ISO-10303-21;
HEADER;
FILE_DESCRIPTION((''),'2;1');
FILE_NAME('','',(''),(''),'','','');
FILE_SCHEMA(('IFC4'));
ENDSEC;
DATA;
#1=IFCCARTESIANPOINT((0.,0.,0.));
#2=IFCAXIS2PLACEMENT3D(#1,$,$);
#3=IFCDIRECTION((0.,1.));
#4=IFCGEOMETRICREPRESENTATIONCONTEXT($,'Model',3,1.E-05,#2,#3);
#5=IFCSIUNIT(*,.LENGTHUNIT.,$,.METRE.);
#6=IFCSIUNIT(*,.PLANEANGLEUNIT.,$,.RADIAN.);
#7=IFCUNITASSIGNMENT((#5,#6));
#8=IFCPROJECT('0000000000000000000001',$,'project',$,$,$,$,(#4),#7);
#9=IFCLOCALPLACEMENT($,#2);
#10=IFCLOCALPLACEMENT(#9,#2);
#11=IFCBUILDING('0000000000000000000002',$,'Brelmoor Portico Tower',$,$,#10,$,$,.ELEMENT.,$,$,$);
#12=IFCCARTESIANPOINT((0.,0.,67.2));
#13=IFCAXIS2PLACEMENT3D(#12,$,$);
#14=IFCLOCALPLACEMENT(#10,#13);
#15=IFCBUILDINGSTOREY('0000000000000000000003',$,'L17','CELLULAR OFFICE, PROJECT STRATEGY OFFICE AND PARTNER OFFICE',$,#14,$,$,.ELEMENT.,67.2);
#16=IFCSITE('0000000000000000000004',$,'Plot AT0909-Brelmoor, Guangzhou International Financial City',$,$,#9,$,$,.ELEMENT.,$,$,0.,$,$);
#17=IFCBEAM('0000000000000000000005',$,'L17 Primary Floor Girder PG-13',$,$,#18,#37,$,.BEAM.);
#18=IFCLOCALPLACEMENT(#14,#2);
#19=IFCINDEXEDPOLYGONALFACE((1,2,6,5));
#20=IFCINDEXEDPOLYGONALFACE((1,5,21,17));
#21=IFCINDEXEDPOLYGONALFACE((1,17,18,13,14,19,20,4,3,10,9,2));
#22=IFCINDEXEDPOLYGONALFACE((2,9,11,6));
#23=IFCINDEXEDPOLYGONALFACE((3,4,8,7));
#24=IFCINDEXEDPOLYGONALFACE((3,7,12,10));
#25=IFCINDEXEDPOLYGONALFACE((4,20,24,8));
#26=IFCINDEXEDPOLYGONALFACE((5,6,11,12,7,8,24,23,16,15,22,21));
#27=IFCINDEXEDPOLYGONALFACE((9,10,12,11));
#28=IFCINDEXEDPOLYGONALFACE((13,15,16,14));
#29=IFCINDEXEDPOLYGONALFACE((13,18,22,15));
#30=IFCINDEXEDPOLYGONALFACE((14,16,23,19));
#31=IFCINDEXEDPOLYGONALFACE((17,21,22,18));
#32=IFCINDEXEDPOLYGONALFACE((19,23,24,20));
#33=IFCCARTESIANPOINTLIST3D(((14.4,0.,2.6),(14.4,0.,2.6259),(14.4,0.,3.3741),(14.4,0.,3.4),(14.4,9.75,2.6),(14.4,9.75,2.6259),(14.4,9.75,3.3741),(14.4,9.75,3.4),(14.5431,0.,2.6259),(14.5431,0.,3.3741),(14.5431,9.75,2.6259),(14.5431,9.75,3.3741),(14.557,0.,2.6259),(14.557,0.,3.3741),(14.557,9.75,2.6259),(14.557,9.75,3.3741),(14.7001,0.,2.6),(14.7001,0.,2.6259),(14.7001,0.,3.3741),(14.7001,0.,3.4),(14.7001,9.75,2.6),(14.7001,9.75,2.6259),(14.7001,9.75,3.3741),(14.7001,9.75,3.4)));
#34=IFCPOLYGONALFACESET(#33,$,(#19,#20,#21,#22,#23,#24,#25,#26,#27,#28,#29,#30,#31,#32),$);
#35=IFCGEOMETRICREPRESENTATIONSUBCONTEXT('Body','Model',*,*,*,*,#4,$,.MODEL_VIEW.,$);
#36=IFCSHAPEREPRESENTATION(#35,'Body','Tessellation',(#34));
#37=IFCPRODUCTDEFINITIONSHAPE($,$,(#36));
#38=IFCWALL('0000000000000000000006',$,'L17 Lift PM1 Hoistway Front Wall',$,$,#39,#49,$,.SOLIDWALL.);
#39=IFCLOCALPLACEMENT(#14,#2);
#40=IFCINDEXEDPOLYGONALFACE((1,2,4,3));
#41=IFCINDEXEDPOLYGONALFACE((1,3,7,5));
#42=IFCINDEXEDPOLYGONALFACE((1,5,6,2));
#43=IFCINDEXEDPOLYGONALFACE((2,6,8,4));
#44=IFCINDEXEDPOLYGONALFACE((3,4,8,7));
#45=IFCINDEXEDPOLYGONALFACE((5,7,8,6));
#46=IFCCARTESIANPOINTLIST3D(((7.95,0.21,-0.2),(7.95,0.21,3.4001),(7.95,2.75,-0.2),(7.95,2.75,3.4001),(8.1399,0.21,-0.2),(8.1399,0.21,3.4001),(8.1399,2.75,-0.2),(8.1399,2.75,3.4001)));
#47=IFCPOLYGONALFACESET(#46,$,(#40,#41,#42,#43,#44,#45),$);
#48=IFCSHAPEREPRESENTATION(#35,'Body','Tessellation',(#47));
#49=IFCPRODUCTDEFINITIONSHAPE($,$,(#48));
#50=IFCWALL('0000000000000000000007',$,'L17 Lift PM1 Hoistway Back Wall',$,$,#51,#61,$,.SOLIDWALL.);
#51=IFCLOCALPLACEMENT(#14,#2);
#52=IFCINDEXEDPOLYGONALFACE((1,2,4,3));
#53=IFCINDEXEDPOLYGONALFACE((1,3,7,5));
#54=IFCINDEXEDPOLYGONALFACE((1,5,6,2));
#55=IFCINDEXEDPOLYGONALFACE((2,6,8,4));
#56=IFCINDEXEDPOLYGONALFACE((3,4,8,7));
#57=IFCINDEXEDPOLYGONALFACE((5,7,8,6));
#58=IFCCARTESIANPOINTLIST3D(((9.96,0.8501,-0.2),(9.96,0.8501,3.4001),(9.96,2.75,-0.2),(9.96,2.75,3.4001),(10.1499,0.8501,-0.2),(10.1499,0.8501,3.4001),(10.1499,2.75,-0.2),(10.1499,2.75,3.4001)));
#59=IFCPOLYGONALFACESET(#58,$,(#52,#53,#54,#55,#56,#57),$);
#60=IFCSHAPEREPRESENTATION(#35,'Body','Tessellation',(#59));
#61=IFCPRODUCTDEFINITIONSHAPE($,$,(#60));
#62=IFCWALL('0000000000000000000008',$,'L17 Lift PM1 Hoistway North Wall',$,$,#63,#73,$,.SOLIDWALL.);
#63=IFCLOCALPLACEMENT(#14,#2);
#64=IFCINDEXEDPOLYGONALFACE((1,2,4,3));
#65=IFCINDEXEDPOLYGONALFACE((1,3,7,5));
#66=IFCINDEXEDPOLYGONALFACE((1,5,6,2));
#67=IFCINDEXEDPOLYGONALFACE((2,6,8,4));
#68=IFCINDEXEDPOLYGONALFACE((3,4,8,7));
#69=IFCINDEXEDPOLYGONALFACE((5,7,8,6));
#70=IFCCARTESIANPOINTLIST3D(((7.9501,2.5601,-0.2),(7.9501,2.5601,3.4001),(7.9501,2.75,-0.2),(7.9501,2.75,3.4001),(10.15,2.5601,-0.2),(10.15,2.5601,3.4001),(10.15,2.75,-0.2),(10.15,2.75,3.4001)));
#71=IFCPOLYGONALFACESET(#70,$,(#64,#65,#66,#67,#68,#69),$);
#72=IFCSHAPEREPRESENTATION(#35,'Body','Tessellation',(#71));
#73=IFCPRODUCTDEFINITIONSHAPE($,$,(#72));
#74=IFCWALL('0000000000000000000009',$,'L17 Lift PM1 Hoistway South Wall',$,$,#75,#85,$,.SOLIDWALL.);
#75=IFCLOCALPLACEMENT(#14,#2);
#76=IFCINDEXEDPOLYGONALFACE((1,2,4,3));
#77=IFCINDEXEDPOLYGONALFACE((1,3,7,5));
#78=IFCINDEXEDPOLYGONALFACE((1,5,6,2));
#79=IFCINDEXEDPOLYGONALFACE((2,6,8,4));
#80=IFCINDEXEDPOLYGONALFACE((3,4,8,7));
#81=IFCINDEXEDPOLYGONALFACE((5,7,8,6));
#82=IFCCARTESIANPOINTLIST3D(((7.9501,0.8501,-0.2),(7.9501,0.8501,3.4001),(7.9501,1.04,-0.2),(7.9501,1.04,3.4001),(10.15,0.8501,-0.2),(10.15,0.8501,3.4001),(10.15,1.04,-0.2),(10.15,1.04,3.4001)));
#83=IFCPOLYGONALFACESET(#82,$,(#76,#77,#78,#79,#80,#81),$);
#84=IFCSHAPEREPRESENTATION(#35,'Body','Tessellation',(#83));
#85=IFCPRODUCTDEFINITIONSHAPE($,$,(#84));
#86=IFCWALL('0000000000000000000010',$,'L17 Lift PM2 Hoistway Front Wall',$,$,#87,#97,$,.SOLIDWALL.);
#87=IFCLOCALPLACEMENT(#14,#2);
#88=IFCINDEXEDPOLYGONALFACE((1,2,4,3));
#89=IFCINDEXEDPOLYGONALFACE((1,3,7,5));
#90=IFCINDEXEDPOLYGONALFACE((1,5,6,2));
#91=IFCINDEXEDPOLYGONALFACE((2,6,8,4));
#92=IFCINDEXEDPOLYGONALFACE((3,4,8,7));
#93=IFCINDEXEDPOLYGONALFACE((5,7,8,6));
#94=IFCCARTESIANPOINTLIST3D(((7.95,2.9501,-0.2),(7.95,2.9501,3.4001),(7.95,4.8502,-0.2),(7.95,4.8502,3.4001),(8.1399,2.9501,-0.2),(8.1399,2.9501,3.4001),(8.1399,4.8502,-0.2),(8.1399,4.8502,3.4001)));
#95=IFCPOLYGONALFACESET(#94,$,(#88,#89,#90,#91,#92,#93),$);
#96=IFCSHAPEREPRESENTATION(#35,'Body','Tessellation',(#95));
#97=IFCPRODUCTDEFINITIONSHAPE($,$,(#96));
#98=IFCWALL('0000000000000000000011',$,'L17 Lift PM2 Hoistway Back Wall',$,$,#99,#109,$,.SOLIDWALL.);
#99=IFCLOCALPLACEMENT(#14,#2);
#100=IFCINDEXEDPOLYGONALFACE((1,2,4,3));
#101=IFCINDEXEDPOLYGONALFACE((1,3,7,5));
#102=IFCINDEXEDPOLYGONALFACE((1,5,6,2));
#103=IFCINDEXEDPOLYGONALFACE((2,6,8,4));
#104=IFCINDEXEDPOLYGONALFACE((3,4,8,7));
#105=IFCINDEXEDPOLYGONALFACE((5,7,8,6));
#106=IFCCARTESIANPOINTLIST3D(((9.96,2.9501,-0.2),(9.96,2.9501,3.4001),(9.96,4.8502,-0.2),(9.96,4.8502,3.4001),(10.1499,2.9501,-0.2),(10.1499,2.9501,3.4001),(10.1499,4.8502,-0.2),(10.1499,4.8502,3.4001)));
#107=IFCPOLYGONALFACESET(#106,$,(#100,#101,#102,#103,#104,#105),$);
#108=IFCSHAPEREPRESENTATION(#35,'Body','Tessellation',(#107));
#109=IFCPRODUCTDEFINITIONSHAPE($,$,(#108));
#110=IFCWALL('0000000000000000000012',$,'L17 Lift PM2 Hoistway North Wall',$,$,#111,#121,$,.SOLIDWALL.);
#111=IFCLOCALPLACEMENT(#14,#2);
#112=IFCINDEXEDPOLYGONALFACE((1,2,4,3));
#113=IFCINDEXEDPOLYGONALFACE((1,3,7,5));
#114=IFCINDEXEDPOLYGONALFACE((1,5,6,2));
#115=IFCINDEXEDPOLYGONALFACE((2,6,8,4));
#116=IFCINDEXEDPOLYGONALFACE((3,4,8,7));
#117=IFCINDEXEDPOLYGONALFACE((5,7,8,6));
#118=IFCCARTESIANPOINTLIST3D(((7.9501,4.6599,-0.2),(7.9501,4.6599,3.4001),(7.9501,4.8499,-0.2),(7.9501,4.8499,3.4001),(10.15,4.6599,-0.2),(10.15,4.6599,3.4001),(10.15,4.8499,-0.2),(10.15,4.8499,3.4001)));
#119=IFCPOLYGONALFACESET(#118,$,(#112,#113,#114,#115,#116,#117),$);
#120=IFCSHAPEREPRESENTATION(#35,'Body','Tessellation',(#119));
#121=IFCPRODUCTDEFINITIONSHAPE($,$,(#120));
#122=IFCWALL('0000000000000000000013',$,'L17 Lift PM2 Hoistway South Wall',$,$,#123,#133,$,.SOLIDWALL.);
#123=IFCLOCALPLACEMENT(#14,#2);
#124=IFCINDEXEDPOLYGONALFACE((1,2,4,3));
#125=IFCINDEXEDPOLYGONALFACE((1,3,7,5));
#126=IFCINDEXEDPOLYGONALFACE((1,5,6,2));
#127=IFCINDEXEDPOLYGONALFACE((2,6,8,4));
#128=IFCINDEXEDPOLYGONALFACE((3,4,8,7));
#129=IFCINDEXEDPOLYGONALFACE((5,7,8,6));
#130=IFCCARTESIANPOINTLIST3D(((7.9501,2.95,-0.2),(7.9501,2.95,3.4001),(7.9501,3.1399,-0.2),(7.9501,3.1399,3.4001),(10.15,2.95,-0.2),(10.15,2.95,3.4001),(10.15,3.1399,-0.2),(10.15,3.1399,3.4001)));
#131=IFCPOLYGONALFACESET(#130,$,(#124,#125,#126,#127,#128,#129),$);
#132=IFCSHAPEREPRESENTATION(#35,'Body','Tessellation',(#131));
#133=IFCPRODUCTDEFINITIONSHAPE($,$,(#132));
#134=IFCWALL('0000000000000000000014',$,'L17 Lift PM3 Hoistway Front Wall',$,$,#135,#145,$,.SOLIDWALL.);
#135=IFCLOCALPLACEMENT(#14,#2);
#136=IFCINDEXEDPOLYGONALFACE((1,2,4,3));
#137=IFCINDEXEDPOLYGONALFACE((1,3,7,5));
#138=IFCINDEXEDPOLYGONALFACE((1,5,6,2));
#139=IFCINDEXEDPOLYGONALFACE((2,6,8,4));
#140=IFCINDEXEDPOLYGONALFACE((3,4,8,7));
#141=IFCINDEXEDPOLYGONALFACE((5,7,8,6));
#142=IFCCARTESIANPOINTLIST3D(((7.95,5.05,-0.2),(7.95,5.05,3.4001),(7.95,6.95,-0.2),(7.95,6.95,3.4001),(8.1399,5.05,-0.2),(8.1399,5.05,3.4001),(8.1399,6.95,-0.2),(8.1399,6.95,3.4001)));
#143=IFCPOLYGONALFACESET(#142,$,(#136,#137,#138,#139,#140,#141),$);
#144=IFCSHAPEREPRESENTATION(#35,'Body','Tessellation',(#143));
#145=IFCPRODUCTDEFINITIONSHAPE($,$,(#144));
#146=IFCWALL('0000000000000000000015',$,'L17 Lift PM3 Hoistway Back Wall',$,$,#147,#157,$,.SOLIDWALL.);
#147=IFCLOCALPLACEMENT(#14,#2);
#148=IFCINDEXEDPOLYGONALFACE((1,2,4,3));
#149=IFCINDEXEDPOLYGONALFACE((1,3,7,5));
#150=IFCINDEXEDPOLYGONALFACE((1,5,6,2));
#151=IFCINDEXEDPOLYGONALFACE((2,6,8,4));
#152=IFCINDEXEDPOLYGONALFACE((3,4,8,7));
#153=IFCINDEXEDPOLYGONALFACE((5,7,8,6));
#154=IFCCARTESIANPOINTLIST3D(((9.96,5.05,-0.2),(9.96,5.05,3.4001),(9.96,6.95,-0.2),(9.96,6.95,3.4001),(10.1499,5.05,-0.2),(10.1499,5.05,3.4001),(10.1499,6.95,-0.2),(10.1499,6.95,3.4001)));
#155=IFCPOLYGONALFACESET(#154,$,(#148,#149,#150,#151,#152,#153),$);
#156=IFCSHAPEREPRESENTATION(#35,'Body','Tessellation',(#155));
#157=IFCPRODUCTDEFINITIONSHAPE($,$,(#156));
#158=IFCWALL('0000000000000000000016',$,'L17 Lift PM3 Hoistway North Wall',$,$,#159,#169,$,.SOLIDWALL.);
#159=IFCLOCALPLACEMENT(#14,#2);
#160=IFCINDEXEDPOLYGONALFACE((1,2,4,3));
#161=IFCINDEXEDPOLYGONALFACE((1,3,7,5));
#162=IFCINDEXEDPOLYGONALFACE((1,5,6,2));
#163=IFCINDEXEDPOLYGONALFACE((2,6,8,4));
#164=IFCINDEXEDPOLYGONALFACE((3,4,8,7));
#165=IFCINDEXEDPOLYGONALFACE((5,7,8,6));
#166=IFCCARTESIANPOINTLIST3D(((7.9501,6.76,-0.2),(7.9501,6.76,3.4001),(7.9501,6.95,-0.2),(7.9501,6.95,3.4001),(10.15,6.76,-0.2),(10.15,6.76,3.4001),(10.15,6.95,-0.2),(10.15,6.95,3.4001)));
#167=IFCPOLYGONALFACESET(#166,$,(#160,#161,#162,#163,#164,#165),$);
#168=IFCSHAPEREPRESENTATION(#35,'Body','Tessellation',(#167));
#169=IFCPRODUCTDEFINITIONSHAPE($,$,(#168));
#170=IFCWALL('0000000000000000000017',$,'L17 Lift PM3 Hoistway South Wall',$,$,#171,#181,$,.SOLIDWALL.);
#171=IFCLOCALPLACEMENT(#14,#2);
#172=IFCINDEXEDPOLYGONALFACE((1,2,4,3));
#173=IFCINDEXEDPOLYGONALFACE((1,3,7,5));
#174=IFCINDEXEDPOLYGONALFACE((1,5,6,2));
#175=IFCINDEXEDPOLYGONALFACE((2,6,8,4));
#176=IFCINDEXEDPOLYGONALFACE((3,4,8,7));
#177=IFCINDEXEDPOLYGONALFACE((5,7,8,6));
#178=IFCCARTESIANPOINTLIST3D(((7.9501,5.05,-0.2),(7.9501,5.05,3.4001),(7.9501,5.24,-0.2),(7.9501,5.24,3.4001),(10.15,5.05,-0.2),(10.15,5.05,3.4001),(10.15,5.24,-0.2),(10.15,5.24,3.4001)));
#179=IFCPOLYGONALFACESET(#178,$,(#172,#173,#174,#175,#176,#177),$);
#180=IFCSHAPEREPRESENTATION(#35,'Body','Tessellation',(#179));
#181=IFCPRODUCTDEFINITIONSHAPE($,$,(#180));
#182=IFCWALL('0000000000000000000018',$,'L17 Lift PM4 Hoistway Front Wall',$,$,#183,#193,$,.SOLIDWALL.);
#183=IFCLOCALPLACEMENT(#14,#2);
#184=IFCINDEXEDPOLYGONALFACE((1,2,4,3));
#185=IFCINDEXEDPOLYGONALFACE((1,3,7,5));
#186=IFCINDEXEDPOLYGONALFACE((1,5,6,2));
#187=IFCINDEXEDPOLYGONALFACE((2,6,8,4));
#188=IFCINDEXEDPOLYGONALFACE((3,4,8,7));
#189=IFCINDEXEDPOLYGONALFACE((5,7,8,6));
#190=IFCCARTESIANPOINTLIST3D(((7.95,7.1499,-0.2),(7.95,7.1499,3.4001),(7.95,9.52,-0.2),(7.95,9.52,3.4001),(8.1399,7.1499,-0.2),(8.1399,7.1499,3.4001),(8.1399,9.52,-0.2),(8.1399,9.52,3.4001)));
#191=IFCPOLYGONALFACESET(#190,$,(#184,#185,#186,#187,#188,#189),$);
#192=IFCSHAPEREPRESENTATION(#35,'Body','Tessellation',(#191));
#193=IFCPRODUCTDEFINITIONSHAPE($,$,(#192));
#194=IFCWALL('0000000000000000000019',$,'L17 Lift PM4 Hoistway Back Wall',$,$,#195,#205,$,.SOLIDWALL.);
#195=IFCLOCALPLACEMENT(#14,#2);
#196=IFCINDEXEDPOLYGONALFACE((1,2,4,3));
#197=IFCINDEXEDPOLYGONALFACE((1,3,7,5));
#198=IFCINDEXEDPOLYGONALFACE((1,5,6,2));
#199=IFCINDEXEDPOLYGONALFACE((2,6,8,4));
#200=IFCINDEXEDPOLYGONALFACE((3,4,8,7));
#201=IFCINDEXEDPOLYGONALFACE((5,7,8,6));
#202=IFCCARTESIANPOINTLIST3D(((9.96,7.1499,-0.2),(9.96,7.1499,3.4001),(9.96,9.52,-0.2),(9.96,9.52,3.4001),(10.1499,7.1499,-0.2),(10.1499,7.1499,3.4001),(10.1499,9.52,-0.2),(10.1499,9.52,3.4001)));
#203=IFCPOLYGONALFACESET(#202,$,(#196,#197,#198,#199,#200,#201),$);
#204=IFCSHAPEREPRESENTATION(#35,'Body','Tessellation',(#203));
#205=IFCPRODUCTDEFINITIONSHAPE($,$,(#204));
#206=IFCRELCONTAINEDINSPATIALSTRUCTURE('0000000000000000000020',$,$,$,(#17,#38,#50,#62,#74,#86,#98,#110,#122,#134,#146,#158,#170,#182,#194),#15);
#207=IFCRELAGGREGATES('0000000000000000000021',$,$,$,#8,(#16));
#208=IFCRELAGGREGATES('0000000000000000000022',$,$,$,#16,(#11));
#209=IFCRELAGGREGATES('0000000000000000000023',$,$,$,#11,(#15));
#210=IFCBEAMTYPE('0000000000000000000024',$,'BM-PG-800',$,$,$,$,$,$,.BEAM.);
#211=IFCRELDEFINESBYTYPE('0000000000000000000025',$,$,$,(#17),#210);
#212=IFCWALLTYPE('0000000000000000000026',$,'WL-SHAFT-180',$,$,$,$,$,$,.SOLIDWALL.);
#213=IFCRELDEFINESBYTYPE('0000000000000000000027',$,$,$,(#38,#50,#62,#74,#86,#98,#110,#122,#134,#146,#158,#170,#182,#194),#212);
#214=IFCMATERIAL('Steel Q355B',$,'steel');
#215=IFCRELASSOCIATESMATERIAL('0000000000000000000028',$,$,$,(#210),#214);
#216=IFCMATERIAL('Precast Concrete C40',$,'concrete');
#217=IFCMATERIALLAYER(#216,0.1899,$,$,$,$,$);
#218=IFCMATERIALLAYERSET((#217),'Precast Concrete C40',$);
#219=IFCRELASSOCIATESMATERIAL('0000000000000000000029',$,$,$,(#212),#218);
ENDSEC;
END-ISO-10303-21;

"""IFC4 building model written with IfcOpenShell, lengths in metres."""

from ifc_helpers import new_model, si_unit, direction, frame, frame_2d, origin, origin_2d, place, context, subcontext, project, spatial, rectangle, i_section, extrude, material, layer, layer_set, material_profile, profile_set, type_object, element, save


model = new_model("IFC4")

# Units and contexts
model_context = context("Model", 3, precision=1e-05, world=origin(), true_north=direction((0.0, 1.0)))
body_context = subcontext(model_context, "Body", "Model", "MODEL_VIEW")
ifc_project = project(units=[si_unit("LENGTHUNIT", "METRE"), si_unit("PLANEANGLEUNIT", "RADIAN")], contexts=[model_context])

# Site, building, storey
site_placement = place(None, origin())
site = spatial("IfcSite", under=ifc_project, at=site_placement, Name="Plot AT0909-Brelmoor, Guangzhou International Financial City", CompositionType="ELEMENT", RefElevation=0.0)
building_placement = place(site_placement, origin())
building = spatial("IfcBuilding", under=site, at=building_placement, Name="Brelmoor Portico Tower", CompositionType="ELEMENT")
storey_placement = place(building_placement, frame((0.0, 0.0, 67.2)))
storey = spatial("IfcBuildingStorey", under=building, at=storey_placement, Name="L17", Description="CELLULAR OFFICE, PROJECT STRATEGY OFFICE AND PARTNER OFFICE", CompositionType="ELEMENT", Elevation=67.2)

# Beam
ifc_material_1 = material(Name="Steel Q355B", Category="steel")
ifc_material_profile = material_profile(ifc_material_1, i_section(OverallWidth=0.3, OverallDepth=0.8, WebThickness=0.0139, FlangeThickness=0.0259, at=origin_2d()), Name="HN 800x300x14x26")
ifc_profile_set = profile_set([ifc_material_profile], Name="Steel Q355B")
beam_type = type_object("IfcBeamType", Name="BM-PG-800", PredefinedType="BEAM", material=ifc_profile_set)
beam_placement = place(storey_placement, frame((14.55, 0.0, 3.0), z_axis=(0.0, 1.0, 0.0), x_axis=(-1.0, 0.0, 0.0)))
element("IfcBeam", 1, at=beam_placement, inside=storey, type_object=beam_type, Name="L17 Primary Floor Girder PG-13", PredefinedType="BEAM", context=body_context, shape_type="SweptSolid", body=[
    extrude(i_section(OverallWidth=0.3, OverallDepth=0.8, WebThickness=0.0139, FlangeThickness=0.0259, at=origin_2d()), origin(), (0.0, 0.0, 1.0), 9.75),
])

# Walls
ifc_material_2 = material(Name="Precast Concrete C40", Category="concrete")
ifc_layer_1 = layer(ifc_material_2, 0.1899)
ifc_layer_set_1 = layer_set([ifc_layer_1], Name="Precast Concrete C40")
wall_type_1 = type_object("IfcWallType", Name="WL-SHAFT-180", PredefinedType="SOLIDWALL", material=ifc_layer_set_1)
wall_1_placement = place(storey_placement, frame((8.0449, 0.21, -0.2), z_axis=(0.0, 0.0, 1.0), x_axis=(0.0, 1.0, 0.0)))
element("IfcWall", 2, at=wall_1_placement, inside=storey, type_object=wall_type_1, Name="L17 Lift PM1 Hoistway Front Wall", PredefinedType="SOLIDWALL", context=body_context, shape_type="SweptSolid", body=[
    extrude(rectangle(XDim=2.54, YDim=0.1899, at=frame_2d((1.27, 0.0))), origin(), (0.0, 0.0, 1.0), 3.6001),
])
wall_2_placement = place(storey_placement, frame((10.0549, 0.8501, -0.2), z_axis=(0.0, 0.0, 1.0), x_axis=(0.0, 1.0, 0.0)))
element("IfcWall", 3, at=wall_2_placement, inside=storey, type_object=wall_type_1, Name="L17 Lift PM1 Hoistway Back Wall", PredefinedType="SOLIDWALL", context=body_context, shape_type="SweptSolid", body=[
    extrude(rectangle(XDim=1.8999, YDim=0.1899, at=frame_2d((0.95, 0.0))), origin(), (0.0, 0.0, 1.0), 3.6001),
])
for number, where, z_axis, x_axis, name in (
    (4, (7.95, 2.655, -0.2), (0.0, 0.0, 1.0), (1.0, 0.0, 0.0), "L17 Lift PM1 Hoistway North Wall"),
    (5, (7.95, 0.9451, -0.2), (0.0, 0.0, 1.0), (1.0, 0.0, 0.0), "L17 Lift PM1 Hoistway South Wall"),
):
    element("IfcWall", number, at=place(storey_placement, frame(where, z_axis=z_axis, x_axis=x_axis)), inside=storey, type_object=wall_type_1, Name=name, PredefinedType="SOLIDWALL", context=body_context, shape_type="SweptSolid", body=[
        extrude(rectangle(XDim=2.2, YDim=0.1899, at=frame_2d((1.1001, 0.0))), origin(), (0.0, 0.0, 1.0), 3.6001),
    ])
for number, where, z_axis, x_axis, name in (
    (6, (8.0449, 2.95, -0.2), (0.0, 0.0, 1.0), (0.0, 1.0, 0.0), "L17 Lift PM2 Hoistway Front Wall"),
    (7, (10.0549, 2.95, -0.2), (0.0, 0.0, 1.0), (0.0, 1.0, 0.0), "L17 Lift PM2 Hoistway Back Wall"),
):
    element("IfcWall", number, at=place(storey_placement, frame(where, z_axis=z_axis, x_axis=x_axis)), inside=storey, type_object=wall_type_1, Name=name, PredefinedType="SOLIDWALL", context=body_context, shape_type="SweptSolid", body=[
        extrude(rectangle(XDim=1.9001, YDim=0.1899, at=frame_2d((0.9502, 0.0))), origin(), (0.0, 0.0, 1.0), 3.6001),
    ])
for number, where, z_axis, x_axis, name in (
    (8, (7.95, 4.7549, -0.2), (0.0, 0.0, 1.0), (1.0, 0.0, 0.0), "L17 Lift PM2 Hoistway North Wall"),
    (9, (7.95, 3.0449, -0.2), (0.0, 0.0, 1.0), (1.0, 0.0, 0.0), "L17 Lift PM2 Hoistway South Wall"),
):
    element("IfcWall", number, at=place(storey_placement, frame(where, z_axis=z_axis, x_axis=x_axis)), inside=storey, type_object=wall_type_1, Name=name, PredefinedType="SOLIDWALL", context=body_context, shape_type="SweptSolid", body=[
        extrude(rectangle(XDim=2.2, YDim=0.1899, at=frame_2d((1.1001, 0.0))), origin(), (0.0, 0.0, 1.0), 3.6001),
    ])
for number, where, z_axis, x_axis, name in (
    (10, (8.0449, 5.05, -0.2), (0.0, 0.0, 1.0), (0.0, 1.0, 0.0), "L17 Lift PM3 Hoistway Front Wall"),
    (11, (10.0549, 5.05, -0.2), (0.0, 0.0, 1.0), (0.0, 1.0, 0.0), "L17 Lift PM3 Hoistway Back Wall"),
):
    element("IfcWall", number, at=place(storey_placement, frame(where, z_axis=z_axis, x_axis=x_axis)), inside=storey, type_object=wall_type_1, Name=name, PredefinedType="SOLIDWALL", context=body_context, shape_type="SweptSolid", body=[
        extrude(rectangle(XDim=1.8999, YDim=0.1899, at=frame_2d((0.95, 0.0))), origin(), (0.0, 0.0, 1.0), 3.6001),
    ])
for number, where, z_axis, x_axis, name in (
    (12, (7.95, 6.855, -0.2), (0.0, 0.0, 1.0), (1.0, 0.0, 0.0), "L17 Lift PM3 Hoistway North Wall"),
    (13, (7.95, 5.145, -0.2), (0.0, 0.0, 1.0), (1.0, 0.0, 0.0), "L17 Lift PM3 Hoistway South Wall"),
):
    element("IfcWall", number, at=place(storey_placement, frame(where, z_axis=z_axis, x_axis=x_axis)), inside=storey, type_object=wall_type_1, Name=name, PredefinedType="SOLIDWALL", context=body_context, shape_type="SweptSolid", body=[
        extrude(rectangle(XDim=2.2, YDim=0.1899, at=frame_2d((1.1001, 0.0))), origin(), (0.0, 0.0, 1.0), 3.6001),
    ])
for number, where, z_axis, x_axis, name in (
    (14, (8.0449, 7.1499, -0.2), (0.0, 0.0, 1.0), (0.0, 1.0, 0.0), "L17 Lift PM4 Hoistway Front Wall"),
    (15, (10.0549, 7.1499, -0.2), (0.0, 0.0, 1.0), (0.0, 1.0, 0.0), "L17 Lift PM4 Hoistway Back Wall"),
):
    element("IfcWall", number, at=place(storey_placement, frame(where, z_axis=z_axis, x_axis=x_axis)), inside=storey, type_object=wall_type_1, Name=name, PredefinedType="SOLIDWALL", context=body_context, shape_type="SweptSolid", body=[
        extrude(rectangle(XDim=2.3701, YDim=0.1899, at=frame_2d((1.1851, 0.0))), origin(), (0.0, 0.0, 1.0), 3.6001),
    ])

save(model, "model.ifc")
